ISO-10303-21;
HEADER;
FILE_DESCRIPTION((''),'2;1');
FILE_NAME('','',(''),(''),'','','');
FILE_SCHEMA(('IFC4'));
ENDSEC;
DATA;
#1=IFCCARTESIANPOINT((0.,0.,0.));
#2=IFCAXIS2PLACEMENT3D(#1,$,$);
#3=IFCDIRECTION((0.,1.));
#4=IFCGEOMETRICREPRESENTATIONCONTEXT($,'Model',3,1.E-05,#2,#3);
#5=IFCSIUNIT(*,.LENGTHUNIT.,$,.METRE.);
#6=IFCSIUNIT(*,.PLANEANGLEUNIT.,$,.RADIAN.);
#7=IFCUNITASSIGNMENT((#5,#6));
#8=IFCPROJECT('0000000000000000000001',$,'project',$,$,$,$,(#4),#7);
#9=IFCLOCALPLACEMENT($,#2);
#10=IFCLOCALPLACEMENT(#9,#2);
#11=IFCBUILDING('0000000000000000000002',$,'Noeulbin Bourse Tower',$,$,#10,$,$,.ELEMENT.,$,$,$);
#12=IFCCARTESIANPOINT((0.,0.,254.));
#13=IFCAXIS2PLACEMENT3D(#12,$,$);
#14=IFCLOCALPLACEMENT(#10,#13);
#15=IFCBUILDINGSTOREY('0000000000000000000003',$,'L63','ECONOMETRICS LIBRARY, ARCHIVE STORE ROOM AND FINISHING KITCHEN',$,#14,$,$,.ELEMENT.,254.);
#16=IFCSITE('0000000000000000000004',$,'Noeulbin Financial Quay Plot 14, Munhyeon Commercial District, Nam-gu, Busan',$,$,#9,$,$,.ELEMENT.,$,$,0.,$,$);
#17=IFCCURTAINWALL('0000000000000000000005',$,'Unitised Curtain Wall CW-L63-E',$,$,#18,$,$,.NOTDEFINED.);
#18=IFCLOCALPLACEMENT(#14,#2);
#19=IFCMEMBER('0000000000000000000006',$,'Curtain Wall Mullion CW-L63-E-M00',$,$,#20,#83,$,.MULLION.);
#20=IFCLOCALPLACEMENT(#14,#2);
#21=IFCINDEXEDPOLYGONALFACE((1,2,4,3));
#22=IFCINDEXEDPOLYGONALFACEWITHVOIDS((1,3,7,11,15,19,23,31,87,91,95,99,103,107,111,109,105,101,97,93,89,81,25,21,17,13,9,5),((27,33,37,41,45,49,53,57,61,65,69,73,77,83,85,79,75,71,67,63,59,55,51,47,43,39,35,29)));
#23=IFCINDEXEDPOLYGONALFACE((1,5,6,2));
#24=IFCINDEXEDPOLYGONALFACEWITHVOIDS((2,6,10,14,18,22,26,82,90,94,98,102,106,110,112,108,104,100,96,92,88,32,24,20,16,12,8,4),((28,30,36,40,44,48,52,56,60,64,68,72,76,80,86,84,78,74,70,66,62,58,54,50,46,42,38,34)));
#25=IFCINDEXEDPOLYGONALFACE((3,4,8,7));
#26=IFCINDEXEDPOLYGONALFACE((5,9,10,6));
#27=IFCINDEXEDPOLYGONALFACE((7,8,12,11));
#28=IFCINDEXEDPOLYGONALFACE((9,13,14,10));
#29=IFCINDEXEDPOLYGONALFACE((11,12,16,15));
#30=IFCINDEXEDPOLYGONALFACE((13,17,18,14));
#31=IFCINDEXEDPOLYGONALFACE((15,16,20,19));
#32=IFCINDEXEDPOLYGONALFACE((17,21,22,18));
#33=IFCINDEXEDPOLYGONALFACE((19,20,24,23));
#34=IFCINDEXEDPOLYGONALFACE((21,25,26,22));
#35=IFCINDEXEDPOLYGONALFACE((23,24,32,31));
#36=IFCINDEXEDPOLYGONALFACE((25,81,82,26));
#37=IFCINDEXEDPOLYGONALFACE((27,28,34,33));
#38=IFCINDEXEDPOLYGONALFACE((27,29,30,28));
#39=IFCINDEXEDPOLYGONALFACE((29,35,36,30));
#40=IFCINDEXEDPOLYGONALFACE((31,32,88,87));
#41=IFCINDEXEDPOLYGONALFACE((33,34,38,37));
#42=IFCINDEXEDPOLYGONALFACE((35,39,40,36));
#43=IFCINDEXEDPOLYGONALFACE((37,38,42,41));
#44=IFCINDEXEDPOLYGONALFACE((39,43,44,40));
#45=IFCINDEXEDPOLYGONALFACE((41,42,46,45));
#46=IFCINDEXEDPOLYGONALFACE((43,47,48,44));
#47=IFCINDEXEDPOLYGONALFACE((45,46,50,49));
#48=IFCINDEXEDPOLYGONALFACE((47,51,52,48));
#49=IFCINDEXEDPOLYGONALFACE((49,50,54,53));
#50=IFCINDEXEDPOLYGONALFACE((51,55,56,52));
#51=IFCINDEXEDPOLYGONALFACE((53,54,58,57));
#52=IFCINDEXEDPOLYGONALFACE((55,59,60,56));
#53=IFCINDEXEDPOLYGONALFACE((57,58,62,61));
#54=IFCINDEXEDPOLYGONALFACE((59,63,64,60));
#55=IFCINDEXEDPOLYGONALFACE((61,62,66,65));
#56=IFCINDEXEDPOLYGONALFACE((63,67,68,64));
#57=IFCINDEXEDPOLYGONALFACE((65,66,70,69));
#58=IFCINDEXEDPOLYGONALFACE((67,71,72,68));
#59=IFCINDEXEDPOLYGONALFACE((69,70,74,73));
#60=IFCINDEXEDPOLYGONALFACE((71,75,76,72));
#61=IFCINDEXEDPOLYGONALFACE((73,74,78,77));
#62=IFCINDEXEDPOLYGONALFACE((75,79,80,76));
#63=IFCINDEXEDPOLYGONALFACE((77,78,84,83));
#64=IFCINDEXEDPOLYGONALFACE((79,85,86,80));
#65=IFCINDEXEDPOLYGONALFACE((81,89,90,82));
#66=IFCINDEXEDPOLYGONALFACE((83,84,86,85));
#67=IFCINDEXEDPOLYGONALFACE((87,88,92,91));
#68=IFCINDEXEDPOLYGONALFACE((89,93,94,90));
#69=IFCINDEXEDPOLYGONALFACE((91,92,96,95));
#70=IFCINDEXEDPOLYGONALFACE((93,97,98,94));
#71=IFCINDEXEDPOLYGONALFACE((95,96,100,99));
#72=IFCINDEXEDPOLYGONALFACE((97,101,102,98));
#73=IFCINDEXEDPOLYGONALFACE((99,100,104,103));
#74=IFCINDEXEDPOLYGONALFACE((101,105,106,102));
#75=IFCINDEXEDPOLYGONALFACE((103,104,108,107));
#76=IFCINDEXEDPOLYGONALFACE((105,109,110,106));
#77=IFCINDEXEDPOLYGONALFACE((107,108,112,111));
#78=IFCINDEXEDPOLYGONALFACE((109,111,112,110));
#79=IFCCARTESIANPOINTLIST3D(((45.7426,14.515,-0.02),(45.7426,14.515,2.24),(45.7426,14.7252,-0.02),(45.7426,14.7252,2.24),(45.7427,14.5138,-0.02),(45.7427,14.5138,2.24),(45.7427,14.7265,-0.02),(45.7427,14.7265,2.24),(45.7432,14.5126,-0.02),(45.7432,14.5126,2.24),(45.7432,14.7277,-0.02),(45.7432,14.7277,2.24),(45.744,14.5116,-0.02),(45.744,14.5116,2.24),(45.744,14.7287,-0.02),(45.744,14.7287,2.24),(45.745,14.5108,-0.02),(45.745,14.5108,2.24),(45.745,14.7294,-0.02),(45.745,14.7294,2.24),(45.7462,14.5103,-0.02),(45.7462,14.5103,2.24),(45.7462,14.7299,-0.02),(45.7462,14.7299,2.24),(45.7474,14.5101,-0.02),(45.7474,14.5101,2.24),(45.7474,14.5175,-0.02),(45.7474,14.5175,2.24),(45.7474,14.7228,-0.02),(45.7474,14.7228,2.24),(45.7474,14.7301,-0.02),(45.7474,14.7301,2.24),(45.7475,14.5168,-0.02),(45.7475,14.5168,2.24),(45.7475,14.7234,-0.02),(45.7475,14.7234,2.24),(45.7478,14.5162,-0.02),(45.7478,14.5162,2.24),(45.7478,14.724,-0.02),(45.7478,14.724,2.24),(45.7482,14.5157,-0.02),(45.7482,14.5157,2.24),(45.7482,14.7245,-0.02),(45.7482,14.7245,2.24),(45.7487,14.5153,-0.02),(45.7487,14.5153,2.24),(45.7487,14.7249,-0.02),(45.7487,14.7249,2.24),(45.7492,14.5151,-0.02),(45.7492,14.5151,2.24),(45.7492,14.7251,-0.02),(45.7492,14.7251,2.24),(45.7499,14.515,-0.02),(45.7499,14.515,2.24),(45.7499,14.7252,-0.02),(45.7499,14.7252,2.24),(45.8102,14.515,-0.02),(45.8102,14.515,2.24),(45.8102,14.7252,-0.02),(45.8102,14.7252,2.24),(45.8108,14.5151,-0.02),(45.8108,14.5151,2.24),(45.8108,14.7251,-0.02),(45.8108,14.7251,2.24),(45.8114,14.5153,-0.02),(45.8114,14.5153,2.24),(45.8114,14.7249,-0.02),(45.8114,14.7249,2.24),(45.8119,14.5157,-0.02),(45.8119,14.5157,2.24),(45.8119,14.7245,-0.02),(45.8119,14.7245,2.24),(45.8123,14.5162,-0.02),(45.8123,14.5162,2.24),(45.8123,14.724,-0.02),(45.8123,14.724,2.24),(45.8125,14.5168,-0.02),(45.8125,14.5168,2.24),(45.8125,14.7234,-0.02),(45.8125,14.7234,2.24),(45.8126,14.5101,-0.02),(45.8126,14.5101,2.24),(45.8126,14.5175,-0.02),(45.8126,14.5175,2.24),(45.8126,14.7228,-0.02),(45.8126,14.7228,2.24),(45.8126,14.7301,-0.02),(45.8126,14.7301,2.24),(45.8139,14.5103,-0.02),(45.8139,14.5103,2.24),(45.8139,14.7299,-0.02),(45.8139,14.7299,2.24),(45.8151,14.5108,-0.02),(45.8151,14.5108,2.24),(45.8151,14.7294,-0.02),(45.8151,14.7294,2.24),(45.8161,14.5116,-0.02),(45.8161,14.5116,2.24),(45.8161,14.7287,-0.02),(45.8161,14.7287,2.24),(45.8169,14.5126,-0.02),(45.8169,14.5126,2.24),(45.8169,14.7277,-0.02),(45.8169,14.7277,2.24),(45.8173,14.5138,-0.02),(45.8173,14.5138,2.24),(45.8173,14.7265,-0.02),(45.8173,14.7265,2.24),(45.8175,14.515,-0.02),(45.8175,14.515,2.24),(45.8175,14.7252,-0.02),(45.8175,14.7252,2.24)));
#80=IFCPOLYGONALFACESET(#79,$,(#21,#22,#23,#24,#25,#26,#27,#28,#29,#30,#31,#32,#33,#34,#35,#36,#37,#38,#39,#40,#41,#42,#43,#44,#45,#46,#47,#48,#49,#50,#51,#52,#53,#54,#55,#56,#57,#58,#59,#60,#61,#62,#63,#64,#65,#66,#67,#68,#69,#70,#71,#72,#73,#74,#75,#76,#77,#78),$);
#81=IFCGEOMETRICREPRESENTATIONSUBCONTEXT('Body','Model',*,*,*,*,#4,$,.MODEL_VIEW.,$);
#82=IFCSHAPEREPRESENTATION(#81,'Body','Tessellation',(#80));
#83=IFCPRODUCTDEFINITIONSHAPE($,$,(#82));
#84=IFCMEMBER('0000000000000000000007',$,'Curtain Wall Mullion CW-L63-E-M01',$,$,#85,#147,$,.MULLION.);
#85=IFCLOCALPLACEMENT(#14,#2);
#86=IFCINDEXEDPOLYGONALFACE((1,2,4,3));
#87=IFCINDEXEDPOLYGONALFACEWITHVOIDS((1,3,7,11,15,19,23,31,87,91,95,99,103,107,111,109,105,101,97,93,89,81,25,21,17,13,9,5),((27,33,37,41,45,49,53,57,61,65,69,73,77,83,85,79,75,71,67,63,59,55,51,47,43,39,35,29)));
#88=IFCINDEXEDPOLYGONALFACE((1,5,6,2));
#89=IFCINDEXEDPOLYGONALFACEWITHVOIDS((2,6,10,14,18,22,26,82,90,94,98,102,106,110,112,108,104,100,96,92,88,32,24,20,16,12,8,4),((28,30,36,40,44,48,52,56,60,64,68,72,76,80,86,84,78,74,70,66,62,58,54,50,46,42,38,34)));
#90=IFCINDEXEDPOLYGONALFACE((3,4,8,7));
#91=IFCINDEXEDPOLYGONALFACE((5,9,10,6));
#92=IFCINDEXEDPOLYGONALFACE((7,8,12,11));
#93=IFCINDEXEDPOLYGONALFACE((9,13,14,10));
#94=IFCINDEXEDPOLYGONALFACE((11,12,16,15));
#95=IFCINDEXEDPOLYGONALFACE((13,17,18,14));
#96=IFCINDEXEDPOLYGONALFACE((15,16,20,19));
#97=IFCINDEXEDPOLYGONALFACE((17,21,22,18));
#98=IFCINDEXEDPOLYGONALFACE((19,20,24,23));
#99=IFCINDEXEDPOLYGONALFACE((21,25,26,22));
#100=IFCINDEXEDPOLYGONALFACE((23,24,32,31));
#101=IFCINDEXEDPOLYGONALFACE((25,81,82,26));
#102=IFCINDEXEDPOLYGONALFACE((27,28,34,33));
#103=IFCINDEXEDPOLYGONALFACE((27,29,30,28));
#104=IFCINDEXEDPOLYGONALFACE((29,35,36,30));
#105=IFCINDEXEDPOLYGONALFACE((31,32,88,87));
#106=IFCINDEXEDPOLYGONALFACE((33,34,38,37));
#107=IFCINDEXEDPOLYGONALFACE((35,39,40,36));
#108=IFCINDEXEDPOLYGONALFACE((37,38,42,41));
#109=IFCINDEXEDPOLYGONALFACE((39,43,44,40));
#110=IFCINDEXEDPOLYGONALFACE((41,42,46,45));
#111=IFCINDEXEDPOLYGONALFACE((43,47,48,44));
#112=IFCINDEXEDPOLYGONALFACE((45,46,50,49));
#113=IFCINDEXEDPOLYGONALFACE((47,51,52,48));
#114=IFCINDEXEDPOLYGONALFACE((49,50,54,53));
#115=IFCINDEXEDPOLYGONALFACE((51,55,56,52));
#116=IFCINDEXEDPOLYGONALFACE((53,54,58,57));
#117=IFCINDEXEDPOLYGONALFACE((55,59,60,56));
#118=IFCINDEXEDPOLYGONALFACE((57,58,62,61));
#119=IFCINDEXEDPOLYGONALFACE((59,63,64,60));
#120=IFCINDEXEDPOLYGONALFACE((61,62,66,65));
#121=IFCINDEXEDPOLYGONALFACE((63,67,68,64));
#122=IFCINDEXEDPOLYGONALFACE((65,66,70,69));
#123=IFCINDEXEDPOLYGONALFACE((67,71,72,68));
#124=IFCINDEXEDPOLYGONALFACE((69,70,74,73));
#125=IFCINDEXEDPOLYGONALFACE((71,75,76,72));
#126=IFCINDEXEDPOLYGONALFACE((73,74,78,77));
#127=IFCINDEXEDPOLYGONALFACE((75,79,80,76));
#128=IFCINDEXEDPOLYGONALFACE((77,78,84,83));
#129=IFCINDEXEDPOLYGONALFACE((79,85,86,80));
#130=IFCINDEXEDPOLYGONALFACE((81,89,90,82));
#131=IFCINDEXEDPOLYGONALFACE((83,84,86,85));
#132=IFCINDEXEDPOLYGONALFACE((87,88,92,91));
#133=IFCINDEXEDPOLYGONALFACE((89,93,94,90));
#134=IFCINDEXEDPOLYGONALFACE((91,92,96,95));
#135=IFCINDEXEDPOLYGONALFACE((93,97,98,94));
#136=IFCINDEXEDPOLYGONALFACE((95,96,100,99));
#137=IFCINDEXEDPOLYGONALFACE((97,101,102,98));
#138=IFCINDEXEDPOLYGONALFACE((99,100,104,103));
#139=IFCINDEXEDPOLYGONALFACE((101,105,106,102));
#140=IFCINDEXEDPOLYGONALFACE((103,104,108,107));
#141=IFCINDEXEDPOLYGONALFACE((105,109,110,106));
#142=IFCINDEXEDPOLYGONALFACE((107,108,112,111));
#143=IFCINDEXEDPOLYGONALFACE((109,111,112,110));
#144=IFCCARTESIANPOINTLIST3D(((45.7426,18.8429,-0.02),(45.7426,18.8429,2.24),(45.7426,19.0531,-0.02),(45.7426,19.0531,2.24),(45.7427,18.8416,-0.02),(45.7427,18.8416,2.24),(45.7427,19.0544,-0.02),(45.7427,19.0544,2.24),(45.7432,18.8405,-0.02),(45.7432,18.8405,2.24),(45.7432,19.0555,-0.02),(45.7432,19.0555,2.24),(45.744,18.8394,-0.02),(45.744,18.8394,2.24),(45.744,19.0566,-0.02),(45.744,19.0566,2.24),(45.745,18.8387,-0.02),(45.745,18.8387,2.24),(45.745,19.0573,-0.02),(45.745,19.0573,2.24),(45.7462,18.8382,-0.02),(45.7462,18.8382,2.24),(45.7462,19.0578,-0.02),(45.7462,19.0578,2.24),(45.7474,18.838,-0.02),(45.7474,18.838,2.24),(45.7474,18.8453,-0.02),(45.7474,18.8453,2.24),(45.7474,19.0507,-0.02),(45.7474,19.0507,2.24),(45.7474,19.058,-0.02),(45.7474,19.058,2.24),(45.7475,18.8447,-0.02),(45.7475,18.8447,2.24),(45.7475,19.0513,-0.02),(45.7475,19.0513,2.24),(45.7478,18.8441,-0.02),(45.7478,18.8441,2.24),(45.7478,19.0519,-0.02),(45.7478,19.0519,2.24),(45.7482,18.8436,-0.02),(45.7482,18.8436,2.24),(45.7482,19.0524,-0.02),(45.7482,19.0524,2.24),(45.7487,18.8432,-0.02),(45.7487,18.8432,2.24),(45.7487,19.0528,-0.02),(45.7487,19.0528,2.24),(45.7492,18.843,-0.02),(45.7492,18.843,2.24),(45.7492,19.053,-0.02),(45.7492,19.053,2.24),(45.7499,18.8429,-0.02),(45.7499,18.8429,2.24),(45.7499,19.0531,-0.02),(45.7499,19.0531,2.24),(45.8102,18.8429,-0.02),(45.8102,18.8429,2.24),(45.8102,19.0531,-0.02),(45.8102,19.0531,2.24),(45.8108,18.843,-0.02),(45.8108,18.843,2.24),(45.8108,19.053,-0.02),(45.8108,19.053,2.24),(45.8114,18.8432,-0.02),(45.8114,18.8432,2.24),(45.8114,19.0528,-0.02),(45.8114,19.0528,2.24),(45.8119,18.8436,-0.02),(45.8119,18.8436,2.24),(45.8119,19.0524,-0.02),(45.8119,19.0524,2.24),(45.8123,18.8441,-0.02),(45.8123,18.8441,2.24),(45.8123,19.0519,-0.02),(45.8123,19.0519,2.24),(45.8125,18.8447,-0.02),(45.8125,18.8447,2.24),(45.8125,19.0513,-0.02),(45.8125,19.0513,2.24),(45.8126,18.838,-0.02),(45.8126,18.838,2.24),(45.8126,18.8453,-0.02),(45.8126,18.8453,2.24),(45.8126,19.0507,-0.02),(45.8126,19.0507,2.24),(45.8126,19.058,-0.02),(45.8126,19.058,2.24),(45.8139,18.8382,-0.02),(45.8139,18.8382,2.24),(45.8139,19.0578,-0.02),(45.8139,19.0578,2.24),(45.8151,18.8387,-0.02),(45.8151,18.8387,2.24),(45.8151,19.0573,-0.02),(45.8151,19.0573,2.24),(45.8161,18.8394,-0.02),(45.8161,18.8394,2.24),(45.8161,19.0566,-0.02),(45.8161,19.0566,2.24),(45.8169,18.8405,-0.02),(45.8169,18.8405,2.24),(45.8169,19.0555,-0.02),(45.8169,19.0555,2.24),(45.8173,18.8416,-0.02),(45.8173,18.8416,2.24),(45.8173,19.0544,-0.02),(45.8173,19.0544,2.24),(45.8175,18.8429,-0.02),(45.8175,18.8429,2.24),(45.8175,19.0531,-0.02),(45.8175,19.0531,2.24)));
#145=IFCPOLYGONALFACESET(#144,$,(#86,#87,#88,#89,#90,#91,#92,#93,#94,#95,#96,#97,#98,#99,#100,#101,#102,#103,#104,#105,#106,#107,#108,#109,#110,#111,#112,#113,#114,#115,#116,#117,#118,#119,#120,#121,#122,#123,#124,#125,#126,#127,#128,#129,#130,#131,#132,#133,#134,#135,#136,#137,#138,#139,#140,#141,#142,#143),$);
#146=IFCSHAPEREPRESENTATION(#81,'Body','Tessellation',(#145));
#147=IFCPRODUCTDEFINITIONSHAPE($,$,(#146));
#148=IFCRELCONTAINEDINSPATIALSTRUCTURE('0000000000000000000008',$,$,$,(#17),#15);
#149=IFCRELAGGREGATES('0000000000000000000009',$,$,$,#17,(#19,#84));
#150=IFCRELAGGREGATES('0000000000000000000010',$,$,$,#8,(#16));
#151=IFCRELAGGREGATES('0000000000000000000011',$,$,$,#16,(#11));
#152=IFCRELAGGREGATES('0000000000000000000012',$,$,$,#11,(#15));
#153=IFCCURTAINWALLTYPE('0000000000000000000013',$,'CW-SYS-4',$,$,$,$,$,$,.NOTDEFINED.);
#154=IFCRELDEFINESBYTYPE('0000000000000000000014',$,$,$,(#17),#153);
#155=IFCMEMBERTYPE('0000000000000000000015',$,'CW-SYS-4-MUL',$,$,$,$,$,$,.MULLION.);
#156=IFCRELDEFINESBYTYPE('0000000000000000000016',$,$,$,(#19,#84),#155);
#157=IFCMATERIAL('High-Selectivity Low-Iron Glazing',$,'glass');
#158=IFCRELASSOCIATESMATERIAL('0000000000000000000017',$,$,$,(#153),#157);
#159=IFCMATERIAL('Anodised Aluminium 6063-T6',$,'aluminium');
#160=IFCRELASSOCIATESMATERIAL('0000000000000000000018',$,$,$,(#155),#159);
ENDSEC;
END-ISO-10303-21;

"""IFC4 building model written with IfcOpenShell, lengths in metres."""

from ifc_helpers import new_model, si_unit, direction, frame, origin, origin_2d, place, context, subcontext, project, spatial, hollow_rectangle, extrude, material, material_profile, profile_set, type_object, element, aggregate, save


model = new_model("IFC4")

# Units and contexts
model_context = context("Model", 3, precision=1e-05, world=origin(), true_north=direction((0.0, 1.0)))
body_context = subcontext(model_context, "Body", "Model", "MODEL_VIEW")
ifc_project = project(units=[si_unit("LENGTHUNIT", "METRE"), si_unit("PLANEANGLEUNIT", "RADIAN")], contexts=[model_context])

# Site, building, storey
site_placement = place(None, origin())
site = spatial("IfcSite", under=ifc_project, at=site_placement, Name="Noeulbin Financial Quay Plot 14, Munhyeon Commercial District, Nam-gu, Busan", CompositionType="ELEMENT", RefElevation=0.0)
building_placement = place(site_placement, origin())
building = spatial("IfcBuilding", under=site, at=building_placement, Name="Noeulbin Bourse Tower", CompositionType="ELEMENT")
storey_placement = place(building_placement, frame((0.0, 0.0, 254.0)))
storey = spatial("IfcBuildingStorey", under=building, at=storey_placement, Name="L63", Description="ECONOMETRICS LIBRARY, ARCHIVE STORE ROOM AND FINISHING KITCHEN", CompositionType="ELEMENT", Elevation=254.0)

# Curtain wall, members
ifc_material_1 = material(Name="High-Selectivity Low-Iron Glazing", Category="glass")
curtain_wall_type = type_object("IfcCurtainWallType", Name="CW-SYS-4", PredefinedType="NOTDEFINED", material=ifc_material_1)
ifc_material_2 = material(Name="Anodised Aluminium 6063-T6", Category="aluminium")
ifc_material_profile_1 = material_profile(ifc_material_2, hollow_rectangle(XDim=0.075, YDim=0.22, WallThickness=0.0049, InnerFilletRadius=0.0024, OuterFilletRadius=0.0049, at=origin_2d()), Name="ALU-MULL-75x220x5", Category="LoadBearing")
ifc_profile_set_1 = profile_set([ifc_material_profile_1], Name="Anodised Aluminium 6063-T6")
member_type_1 = type_object("IfcMemberType", Name="CW-SYS-4-MUL", PredefinedType="MULLION", material=ifc_profile_set_1)
curtain_wall_1_placement = place(storey_placement, origin())
curtain_wall_1 = element("IfcCurtainWall", 1, at=curtain_wall_1_placement, inside=storey, type_object=curtain_wall_type, Name="Unitised Curtain Wall CW-L63-E", PredefinedType="NOTDEFINED")
member_1_placement = place(storey_placement, frame((45.78, 14.6201, -0.02), z_axis=(0.0, 0.0, 1.0), x_axis=(1.0, 0.0, 0.0)))
member_1 = element("IfcMember", 2, at=member_1_placement, type_object=member_type_1, Name="Curtain Wall Mullion CW-L63-E-M00", PredefinedType="MULLION", context=body_context, shape_type="SweptSolid", body=[
    extrude(hollow_rectangle(XDim=0.075, YDim=0.22, WallThickness=0.0049, InnerFilletRadius=0.0024, OuterFilletRadius=0.0049, at=origin_2d()), origin(), (0.0, 0.0, 1.0), 2.26),
])
member_2_placement = place(storey_placement, frame((45.78, 18.948, -0.02), z_axis=(0.0, 0.0, 1.0), x_axis=(1.0, 0.0, 0.0)))
member_2 = element("IfcMember", 3, at=member_2_placement, type_object=member_type_1, Name="Curtain Wall Mullion CW-L63-E-M01", PredefinedType="MULLION", context=body_context, shape_type="SweptSolid", body=[
    extrude(hollow_rectangle(XDim=0.075, YDim=0.22, WallThickness=0.0049, InnerFilletRadius=0.0024, OuterFilletRadius=0.0049, at=origin_2d()), origin(), (0.0, 0.0, 1.0), 2.26),
])

aggregate(curtain_wall_1, [member_1, member_2])

save(model, "model.ifc")
